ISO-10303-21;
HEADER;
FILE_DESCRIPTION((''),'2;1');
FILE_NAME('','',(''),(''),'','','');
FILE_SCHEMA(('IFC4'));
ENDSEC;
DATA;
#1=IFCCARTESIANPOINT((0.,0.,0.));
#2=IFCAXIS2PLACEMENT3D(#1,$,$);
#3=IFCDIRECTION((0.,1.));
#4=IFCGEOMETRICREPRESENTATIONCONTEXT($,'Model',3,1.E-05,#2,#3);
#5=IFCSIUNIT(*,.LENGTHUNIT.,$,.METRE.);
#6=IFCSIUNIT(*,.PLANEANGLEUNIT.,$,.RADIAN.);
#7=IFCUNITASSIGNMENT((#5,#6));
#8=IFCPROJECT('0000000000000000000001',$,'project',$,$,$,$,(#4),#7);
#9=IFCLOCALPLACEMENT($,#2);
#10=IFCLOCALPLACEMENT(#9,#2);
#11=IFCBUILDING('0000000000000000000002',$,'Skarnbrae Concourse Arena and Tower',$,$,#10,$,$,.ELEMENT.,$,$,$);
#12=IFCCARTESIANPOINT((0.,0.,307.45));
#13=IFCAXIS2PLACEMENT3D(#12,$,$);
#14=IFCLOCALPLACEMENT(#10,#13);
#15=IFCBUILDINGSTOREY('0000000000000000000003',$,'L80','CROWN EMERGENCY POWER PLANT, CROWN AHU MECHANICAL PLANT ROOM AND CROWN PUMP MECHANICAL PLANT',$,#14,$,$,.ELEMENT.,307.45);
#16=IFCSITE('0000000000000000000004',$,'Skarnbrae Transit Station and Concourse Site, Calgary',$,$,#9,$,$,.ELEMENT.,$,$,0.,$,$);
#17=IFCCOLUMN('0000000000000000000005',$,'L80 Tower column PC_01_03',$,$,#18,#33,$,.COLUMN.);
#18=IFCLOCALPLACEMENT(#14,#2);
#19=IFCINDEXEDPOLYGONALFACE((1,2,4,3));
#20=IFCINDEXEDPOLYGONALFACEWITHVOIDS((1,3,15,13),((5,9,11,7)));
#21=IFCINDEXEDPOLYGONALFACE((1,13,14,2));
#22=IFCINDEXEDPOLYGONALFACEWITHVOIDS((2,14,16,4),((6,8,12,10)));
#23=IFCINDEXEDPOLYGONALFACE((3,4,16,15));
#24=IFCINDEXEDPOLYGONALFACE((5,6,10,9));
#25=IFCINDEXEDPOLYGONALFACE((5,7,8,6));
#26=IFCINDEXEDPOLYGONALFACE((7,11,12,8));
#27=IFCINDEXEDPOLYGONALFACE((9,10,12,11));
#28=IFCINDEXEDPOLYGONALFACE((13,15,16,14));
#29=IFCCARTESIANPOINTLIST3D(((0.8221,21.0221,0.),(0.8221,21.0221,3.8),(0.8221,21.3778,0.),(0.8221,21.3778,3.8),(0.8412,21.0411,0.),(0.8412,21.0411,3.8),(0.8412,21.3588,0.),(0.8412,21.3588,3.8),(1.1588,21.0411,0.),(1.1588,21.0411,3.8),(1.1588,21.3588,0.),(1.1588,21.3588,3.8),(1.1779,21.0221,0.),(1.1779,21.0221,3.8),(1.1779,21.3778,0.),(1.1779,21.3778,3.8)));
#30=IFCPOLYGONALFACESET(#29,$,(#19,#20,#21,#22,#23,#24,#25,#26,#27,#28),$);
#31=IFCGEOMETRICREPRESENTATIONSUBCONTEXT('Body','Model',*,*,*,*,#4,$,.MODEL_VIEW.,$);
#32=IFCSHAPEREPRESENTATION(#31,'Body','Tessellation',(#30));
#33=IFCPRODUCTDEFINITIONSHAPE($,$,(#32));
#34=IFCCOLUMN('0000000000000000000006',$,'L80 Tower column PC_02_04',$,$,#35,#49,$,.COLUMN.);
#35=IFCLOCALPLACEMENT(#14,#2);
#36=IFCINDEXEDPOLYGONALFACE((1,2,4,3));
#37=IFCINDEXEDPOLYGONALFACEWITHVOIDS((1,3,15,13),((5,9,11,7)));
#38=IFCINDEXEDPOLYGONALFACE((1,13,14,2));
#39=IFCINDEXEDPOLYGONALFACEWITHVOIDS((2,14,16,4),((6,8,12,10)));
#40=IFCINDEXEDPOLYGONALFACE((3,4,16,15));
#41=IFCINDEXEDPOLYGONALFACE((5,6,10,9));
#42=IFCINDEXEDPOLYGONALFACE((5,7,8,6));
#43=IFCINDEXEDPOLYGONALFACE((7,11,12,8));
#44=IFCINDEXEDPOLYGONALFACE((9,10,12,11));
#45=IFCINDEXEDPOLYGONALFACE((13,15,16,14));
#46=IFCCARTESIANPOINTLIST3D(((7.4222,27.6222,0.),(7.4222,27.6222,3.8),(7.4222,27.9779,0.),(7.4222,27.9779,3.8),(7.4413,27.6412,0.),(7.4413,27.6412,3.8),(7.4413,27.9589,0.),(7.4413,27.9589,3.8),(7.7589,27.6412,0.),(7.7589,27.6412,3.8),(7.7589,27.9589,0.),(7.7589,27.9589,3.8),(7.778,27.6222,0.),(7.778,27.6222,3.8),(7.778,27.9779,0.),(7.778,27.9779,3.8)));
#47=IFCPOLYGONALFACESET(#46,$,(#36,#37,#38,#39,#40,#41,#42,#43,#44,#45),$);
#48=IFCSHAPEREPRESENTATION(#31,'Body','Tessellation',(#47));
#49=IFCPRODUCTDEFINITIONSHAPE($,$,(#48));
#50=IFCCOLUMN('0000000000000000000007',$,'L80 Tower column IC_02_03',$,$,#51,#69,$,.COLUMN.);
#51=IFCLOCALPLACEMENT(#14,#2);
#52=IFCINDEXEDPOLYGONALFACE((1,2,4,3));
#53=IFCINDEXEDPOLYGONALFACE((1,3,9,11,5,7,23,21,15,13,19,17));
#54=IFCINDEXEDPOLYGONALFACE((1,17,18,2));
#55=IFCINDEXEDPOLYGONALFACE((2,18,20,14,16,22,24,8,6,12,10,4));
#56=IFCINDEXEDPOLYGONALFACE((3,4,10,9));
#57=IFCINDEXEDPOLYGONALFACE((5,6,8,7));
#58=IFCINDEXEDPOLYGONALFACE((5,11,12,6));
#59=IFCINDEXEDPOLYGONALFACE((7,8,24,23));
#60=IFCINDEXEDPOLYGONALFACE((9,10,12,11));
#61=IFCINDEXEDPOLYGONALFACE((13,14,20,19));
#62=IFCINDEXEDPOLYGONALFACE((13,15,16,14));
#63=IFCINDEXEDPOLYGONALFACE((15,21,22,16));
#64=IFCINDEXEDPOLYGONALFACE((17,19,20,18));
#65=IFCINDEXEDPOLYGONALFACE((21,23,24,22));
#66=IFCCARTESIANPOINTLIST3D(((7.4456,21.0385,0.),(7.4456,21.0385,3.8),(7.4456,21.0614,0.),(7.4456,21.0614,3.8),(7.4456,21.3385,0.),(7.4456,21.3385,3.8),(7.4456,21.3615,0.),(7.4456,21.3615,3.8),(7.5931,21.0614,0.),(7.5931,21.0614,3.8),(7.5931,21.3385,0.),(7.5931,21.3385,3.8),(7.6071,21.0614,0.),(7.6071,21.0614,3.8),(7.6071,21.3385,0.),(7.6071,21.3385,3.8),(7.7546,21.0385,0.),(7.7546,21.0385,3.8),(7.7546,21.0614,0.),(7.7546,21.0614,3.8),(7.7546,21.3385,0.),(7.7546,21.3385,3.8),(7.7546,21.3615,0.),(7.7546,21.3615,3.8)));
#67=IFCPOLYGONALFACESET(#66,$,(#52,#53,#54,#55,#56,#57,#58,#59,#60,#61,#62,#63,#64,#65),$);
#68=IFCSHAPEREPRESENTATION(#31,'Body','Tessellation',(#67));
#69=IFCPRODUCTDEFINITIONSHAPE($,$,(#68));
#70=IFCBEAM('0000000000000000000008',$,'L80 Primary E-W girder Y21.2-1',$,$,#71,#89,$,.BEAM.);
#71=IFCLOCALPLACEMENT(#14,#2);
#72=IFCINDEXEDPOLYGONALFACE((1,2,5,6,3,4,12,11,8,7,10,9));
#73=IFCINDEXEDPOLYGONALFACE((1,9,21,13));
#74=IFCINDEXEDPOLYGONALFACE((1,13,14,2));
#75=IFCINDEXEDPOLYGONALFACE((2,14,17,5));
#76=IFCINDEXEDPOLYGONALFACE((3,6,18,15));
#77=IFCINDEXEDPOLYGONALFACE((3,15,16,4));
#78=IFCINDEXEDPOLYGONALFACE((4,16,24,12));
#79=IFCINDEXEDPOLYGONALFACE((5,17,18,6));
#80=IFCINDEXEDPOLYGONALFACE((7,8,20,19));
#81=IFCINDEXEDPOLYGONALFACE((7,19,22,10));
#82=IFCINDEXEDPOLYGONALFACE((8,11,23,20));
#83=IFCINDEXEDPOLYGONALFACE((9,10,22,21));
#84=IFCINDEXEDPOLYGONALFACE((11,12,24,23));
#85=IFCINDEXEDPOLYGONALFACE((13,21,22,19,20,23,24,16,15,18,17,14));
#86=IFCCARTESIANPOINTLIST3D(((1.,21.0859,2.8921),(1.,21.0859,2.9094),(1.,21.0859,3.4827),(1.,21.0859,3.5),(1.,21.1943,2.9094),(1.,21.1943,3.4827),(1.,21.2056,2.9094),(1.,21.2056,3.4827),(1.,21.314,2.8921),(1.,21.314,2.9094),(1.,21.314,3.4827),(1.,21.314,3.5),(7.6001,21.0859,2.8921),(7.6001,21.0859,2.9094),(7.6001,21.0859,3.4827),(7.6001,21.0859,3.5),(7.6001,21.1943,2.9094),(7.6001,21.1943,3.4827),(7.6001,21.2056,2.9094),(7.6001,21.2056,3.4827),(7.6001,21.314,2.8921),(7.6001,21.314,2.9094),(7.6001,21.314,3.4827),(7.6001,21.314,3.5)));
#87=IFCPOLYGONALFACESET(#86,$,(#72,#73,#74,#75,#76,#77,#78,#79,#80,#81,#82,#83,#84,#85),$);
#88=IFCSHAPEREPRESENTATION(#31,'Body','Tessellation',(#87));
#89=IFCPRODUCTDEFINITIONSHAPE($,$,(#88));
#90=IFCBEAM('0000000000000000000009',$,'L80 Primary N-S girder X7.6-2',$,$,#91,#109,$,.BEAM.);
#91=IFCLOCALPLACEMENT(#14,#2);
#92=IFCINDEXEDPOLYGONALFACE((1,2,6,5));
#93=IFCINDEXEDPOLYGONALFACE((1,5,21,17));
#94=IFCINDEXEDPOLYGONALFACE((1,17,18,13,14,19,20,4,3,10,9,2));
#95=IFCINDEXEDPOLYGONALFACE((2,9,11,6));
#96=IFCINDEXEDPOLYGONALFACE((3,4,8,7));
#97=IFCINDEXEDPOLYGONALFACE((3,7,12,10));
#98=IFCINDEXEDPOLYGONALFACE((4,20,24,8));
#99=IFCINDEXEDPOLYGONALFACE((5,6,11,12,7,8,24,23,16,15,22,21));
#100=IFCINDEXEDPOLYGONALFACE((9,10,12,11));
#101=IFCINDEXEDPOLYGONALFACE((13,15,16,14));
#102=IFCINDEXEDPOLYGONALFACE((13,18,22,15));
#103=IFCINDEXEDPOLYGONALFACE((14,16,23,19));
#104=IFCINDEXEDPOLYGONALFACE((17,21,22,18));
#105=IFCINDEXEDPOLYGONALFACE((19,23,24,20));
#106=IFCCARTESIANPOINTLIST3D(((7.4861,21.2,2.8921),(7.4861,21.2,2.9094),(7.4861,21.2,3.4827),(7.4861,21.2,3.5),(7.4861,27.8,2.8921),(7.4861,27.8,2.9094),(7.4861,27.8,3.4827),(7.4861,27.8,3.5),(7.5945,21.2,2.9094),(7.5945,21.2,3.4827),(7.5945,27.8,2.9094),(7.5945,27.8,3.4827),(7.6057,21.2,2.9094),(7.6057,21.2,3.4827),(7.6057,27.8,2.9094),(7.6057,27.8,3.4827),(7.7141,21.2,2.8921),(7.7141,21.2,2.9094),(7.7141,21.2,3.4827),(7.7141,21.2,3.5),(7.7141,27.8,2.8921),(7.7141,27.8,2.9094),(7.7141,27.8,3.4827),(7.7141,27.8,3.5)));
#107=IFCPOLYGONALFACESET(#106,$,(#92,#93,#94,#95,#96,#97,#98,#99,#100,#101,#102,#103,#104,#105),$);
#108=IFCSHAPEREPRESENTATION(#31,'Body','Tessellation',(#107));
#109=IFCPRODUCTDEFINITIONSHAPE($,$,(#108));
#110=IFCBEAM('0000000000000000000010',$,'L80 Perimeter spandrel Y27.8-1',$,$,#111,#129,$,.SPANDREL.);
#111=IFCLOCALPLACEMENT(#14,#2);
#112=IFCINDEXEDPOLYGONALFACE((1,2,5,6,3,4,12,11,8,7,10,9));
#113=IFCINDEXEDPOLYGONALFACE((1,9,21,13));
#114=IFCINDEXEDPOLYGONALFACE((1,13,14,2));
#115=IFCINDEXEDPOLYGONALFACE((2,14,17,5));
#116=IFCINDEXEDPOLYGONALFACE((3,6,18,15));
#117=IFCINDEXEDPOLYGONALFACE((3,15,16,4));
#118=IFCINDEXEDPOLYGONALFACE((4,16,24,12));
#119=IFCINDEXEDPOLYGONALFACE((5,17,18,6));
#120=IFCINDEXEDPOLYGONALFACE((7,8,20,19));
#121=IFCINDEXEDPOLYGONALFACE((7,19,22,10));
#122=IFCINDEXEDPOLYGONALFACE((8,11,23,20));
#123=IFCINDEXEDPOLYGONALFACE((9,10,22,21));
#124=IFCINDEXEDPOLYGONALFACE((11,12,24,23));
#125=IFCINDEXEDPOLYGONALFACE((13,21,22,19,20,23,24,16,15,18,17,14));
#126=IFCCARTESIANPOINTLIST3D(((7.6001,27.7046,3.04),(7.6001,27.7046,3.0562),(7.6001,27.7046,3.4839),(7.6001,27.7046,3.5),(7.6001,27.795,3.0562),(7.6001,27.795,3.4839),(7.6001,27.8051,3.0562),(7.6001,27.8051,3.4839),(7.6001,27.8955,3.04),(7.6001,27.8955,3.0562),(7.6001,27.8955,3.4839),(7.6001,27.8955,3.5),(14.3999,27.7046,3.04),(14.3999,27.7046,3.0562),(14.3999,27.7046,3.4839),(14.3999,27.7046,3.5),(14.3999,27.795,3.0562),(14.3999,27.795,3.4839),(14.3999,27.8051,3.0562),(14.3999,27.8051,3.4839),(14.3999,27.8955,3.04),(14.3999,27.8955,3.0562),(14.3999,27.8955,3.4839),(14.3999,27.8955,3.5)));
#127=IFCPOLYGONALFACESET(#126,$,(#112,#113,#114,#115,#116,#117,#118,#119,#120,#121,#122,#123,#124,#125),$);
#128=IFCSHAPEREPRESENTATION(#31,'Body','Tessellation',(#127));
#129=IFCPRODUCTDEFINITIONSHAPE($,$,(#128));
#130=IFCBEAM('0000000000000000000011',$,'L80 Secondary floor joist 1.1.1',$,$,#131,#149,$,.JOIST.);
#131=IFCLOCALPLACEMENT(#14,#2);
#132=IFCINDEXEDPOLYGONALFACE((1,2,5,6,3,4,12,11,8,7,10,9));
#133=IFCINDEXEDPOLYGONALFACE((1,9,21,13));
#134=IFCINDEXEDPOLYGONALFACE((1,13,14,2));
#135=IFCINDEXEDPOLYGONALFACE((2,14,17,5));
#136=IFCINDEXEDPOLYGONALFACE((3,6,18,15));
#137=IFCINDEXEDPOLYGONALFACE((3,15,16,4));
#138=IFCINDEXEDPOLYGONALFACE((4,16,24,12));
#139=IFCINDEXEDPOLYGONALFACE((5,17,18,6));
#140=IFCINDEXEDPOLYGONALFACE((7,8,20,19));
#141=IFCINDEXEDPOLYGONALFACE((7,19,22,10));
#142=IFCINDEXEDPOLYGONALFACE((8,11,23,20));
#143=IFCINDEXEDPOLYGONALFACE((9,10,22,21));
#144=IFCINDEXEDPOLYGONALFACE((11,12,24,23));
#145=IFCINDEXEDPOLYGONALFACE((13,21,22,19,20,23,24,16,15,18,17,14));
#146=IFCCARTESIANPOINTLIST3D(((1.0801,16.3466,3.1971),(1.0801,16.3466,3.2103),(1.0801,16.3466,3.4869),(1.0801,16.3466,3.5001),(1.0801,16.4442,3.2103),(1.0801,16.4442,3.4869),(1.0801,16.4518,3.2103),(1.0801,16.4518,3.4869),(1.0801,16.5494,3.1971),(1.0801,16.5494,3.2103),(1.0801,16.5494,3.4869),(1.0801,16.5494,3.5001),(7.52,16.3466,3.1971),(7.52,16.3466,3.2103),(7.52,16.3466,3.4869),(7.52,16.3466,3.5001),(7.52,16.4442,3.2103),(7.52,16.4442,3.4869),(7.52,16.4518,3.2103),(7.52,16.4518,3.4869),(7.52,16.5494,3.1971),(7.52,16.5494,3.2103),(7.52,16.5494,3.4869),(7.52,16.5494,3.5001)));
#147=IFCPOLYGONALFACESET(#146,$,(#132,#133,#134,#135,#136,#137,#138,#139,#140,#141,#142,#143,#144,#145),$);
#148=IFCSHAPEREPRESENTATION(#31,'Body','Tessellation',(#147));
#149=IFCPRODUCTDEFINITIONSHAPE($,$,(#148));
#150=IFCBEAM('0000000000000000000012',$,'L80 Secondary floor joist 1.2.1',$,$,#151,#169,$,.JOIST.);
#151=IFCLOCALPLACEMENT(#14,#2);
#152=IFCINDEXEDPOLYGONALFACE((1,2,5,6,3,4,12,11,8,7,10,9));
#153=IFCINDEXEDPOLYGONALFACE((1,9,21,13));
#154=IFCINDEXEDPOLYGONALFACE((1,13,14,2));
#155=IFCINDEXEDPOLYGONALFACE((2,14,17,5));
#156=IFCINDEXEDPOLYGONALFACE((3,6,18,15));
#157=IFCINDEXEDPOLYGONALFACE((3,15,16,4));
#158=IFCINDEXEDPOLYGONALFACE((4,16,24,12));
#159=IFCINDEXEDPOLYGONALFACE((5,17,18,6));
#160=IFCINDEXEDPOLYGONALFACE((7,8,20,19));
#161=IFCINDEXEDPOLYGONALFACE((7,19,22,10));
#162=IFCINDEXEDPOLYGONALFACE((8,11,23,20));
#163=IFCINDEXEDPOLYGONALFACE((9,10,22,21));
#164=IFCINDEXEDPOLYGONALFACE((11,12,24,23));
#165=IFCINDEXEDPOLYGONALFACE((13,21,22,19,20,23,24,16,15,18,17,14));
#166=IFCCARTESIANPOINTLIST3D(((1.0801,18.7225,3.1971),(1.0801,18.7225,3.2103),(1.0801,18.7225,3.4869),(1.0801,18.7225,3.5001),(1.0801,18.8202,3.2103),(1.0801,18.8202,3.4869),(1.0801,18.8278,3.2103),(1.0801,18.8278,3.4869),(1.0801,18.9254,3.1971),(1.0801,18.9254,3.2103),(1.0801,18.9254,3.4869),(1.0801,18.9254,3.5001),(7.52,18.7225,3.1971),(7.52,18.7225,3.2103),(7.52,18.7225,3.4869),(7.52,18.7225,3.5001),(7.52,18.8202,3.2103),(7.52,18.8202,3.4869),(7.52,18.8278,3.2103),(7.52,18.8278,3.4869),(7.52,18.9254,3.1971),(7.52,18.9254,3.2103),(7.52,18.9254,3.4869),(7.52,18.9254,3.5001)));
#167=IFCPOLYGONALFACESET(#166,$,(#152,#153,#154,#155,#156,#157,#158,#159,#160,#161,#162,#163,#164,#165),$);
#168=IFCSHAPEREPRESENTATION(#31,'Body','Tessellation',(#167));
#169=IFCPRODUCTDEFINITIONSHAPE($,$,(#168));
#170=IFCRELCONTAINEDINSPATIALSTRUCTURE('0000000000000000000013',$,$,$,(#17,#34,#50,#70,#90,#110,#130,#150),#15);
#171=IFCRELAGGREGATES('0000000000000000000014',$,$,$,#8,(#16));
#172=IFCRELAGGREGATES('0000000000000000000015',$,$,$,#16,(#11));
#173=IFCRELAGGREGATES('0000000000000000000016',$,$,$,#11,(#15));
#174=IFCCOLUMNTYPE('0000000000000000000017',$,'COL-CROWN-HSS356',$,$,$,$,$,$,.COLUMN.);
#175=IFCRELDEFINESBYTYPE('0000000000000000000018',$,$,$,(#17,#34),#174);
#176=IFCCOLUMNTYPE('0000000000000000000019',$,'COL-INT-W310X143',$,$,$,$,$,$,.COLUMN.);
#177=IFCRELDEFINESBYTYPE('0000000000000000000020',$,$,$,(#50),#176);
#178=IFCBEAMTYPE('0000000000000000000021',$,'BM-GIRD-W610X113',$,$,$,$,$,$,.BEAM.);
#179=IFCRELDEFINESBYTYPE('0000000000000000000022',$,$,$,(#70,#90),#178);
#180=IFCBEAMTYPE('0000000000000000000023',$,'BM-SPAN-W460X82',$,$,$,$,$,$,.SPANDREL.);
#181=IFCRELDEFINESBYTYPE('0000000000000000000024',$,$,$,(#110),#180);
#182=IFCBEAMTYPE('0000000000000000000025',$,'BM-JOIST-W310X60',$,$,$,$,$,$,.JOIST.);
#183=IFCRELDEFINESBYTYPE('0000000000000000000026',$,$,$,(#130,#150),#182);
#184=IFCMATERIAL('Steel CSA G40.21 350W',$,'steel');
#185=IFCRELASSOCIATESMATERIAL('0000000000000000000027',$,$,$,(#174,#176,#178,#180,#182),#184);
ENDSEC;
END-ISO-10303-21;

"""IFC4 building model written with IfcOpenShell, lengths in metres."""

from ifc_helpers import new_model, si_unit, direction, frame, origin, origin_2d, place, context, subcontext, project, spatial, hollow_rectangle, i_section, extrude, source, transform, mapped, material, material_profile, profile_set, type_object, element, save


model = new_model("IFC4")

# Units and contexts
model_context = context("Model", 3, precision=1e-05, world=origin(), true_north=direction((0.0, 1.0)))
body_context = subcontext(model_context, "Body", "Model", "MODEL_VIEW")
ifc_project = project(units=[si_unit("LENGTHUNIT", "METRE"), si_unit("PLANEANGLEUNIT", "RADIAN")], contexts=[model_context])

# Site, building, storey
site_placement = place(None, origin())
site = spatial("IfcSite", under=ifc_project, at=site_placement, Name="Skarnbrae Transit Station and Concourse Site, Calgary", CompositionType="ELEMENT", RefElevation=0.0)
building_placement = place(site_placement, origin())
building = spatial("IfcBuilding", under=site, at=building_placement, Name="Skarnbrae Concourse Arena and Tower", CompositionType="ELEMENT")
storey_placement = place(building_placement, frame((0.0, 0.0, 307.45)))
storey = spatial("IfcBuildingStorey", under=building, at=storey_placement, Name="L80", Description="CROWN EMERGENCY POWER PLANT, CROWN AHU MECHANICAL PLANT ROOM AND CROWN PUMP MECHANICAL PLANT", CompositionType="ELEMENT", Elevation=307.45)

# Columns
ifc_material_1 = material(Name="Steel CSA G40.21 350W", Category="steel")
ifc_material_profile_1 = material_profile(ifc_material_1, hollow_rectangle(XDim=0.3557, YDim=0.3557, WallThickness=0.019, at=origin_2d()), Name="HSS356X356X19.0")
ifc_profile_set_1 = profile_set([ifc_material_profile_1], Name="Steel CSA G40.21 350W")
column_type_1 = type_object("IfcColumnType", Name="COL-CROWN-HSS356", PredefinedType="COLUMN", material=ifc_profile_set_1)
shared_shape_1 = source(origin(), body_context, "Body", "SweptSolid", [
    extrude(hollow_rectangle(XDim=0.3557, YDim=0.3557, WallThickness=0.019, at=origin_2d()), origin(), (0.0, 0.0, 1.0), 3.8),
])
for number, where, z_axis, x_axis, name in (
    (1, (1.0, 21.2, 0.0), (0.0, 0.0, 1.0), (1.0, 0.0, 0.0), "L80 Tower column PC_01_03"),
    (2, (7.6001, 27.8, 0.0), (0.0, 0.0, 1.0), (1.0, 0.0, 0.0), "L80 Tower column PC_02_04"),
):
    element("IfcColumn", number, at=place(storey_placement, frame(where, z_axis=z_axis, x_axis=x_axis)), inside=storey, type_object=column_type_1, Name=name, PredefinedType="COLUMN", context=body_context, shape_type="MappedRepresentation", body=[
        mapped(shared_shape_1, transform((0.0, 0.0, 0.0))),
    ])
ifc_material_profile_2 = material_profile(ifc_material_1, i_section(OverallWidth=0.3091, OverallDepth=0.323, WebThickness=0.0139, FlangeThickness=0.0229, at=origin_2d()), Name="W310X143")
ifc_profile_set_2 = profile_set([ifc_material_profile_2], Name="Steel CSA G40.21 350W")
column_type_2 = type_object("IfcColumnType", Name="COL-INT-W310X143", PredefinedType="COLUMN", material=ifc_profile_set_2)
shared_shape_2 = source(origin(), body_context, "Body", "SweptSolid", [
    extrude(i_section(OverallWidth=0.3091, OverallDepth=0.323, WebThickness=0.0139, FlangeThickness=0.0229, at=origin_2d()), origin(), (0.0, 0.0, 1.0), 3.8),
])
column_placement = place(storey_placement, frame((7.6001, 21.2, 0.0), z_axis=(0.0, 0.0, 1.0), x_axis=(1.0, 0.0, 0.0)))
element("IfcColumn", 3, at=column_placement, inside=storey, type_object=column_type_2, Name="L80 Tower column IC_02_03", PredefinedType="COLUMN", context=body_context, shape_type="MappedRepresentation", body=[
    mapped(shared_shape_2, transform((0.0, 0.0, 0.0))),
])

# Beams
ifc_material_profile_3 = material_profile(ifc_material_1, i_section(OverallWidth=0.228, OverallDepth=0.6079, WebThickness=0.0112, FlangeThickness=0.0173, at=origin_2d()), Name="W610X113")
ifc_profile_set_3 = profile_set([ifc_material_profile_3], Name="Steel CSA G40.21 350W")
beam_type_1 = type_object("IfcBeamType", Name="BM-GIRD-W610X113", PredefinedType="BEAM", material=ifc_profile_set_3)
shared_shape_3 = source(origin(), body_context, "Body", "SweptSolid", [
    extrude(i_section(OverallWidth=0.228, OverallDepth=0.6079, WebThickness=0.0112, FlangeThickness=0.0173, at=origin_2d()), origin(), (0.0, 0.0, 1.0), 6.6001),
])
for number, where, z_axis, x_axis, name in (
    (4, (1.0, 21.2, 3.196), (1.0, 0.0, 0.0), (0.0, 1.0, 0.0), "L80 Primary E-W girder Y21.2-1"),
    (5, (7.6001, 21.2, 3.196), (0.0, 1.0, 0.0), (-1.0, 0.0, 0.0), "L80 Primary N-S girder X7.6-2"),
):
    element("IfcBeam", number, at=place(storey_placement, frame(where, z_axis=z_axis, x_axis=x_axis)), inside=storey, type_object=beam_type_1, Name=name, PredefinedType="BEAM", context=body_context, shape_type="MappedRepresentation", body=[
        mapped(shared_shape_3, transform((0.0, 0.0, 0.0))),
    ])
ifc_material_profile_4 = material_profile(ifc_material_1, i_section(OverallWidth=0.1909, OverallDepth=0.46, WebThickness=0.01, FlangeThickness=0.0161, at=origin_2d()), Name="W460X82")
ifc_profile_set_4 = profile_set([ifc_material_profile_4], Name="Steel CSA G40.21 350W")
beam_type_2 = type_object("IfcBeamType", Name="BM-SPAN-W460X82", PredefinedType="SPANDREL", material=ifc_profile_set_4)
shared_shape_4 = source(origin(), body_context, "Body", "SweptSolid", [
    extrude(i_section(OverallWidth=0.1909, OverallDepth=0.46, WebThickness=0.01, FlangeThickness=0.0161, at=origin_2d()), origin(), (0.0, 0.0, 1.0), 6.7998),
])
beam_placement = place(storey_placement, frame((7.6001, 27.8, 3.27), z_axis=(1.0, 0.0, 0.0), x_axis=(0.0, 1.0, 0.0)))
element("IfcBeam", 6, at=beam_placement, inside=storey, type_object=beam_type_2, Name="L80 Perimeter spandrel Y27.8-1", PredefinedType="SPANDREL", context=body_context, shape_type="MappedRepresentation", body=[
    mapped(shared_shape_4, transform((0.0, 0.0, 0.0))),
])
ifc_material_profile_5 = material_profile(ifc_material_1, i_section(OverallWidth=0.2029, OverallDepth=0.303, WebThickness=0.0076, FlangeThickness=0.0132, at=origin_2d()), Name="W310X60")
ifc_profile_set_5 = profile_set([ifc_material_profile_5], Name="Steel CSA G40.21 350W")
beam_type_3 = type_object("IfcBeamType", Name="BM-JOIST-W310X60", PredefinedType="JOIST", material=ifc_profile_set_5)
shared_shape_5 = source(origin(), body_context, "Body", "SweptSolid", [
    extrude(i_section(OverallWidth=0.2029, OverallDepth=0.303, WebThickness=0.0076, FlangeThickness=0.0132, at=origin_2d()), origin(), (0.0, 0.0, 1.0), 6.4399),
])
for number, where, z_axis, x_axis, name in (
    (7, (1.0801, 16.448, 3.3486), (1.0, 0.0, 0.0), (0.0, 1.0, 0.0), "L80 Secondary floor joist 1.1.1"),
    (8, (1.0801, 18.824, 3.3486), (1.0, 0.0, 0.0), (0.0, 1.0, 0.0), "L80 Secondary floor joist 1.2.1"),
):
    element("IfcBeam", number, at=place(storey_placement, frame(where, z_axis=z_axis, x_axis=x_axis)), inside=storey, type_object=beam_type_3, Name=name, PredefinedType="JOIST", context=body_context, shape_type="MappedRepresentation", body=[
        mapped(shared_shape_5, transform((0.0, 0.0, 0.0))),
    ])

save(model, "model.ifc")
